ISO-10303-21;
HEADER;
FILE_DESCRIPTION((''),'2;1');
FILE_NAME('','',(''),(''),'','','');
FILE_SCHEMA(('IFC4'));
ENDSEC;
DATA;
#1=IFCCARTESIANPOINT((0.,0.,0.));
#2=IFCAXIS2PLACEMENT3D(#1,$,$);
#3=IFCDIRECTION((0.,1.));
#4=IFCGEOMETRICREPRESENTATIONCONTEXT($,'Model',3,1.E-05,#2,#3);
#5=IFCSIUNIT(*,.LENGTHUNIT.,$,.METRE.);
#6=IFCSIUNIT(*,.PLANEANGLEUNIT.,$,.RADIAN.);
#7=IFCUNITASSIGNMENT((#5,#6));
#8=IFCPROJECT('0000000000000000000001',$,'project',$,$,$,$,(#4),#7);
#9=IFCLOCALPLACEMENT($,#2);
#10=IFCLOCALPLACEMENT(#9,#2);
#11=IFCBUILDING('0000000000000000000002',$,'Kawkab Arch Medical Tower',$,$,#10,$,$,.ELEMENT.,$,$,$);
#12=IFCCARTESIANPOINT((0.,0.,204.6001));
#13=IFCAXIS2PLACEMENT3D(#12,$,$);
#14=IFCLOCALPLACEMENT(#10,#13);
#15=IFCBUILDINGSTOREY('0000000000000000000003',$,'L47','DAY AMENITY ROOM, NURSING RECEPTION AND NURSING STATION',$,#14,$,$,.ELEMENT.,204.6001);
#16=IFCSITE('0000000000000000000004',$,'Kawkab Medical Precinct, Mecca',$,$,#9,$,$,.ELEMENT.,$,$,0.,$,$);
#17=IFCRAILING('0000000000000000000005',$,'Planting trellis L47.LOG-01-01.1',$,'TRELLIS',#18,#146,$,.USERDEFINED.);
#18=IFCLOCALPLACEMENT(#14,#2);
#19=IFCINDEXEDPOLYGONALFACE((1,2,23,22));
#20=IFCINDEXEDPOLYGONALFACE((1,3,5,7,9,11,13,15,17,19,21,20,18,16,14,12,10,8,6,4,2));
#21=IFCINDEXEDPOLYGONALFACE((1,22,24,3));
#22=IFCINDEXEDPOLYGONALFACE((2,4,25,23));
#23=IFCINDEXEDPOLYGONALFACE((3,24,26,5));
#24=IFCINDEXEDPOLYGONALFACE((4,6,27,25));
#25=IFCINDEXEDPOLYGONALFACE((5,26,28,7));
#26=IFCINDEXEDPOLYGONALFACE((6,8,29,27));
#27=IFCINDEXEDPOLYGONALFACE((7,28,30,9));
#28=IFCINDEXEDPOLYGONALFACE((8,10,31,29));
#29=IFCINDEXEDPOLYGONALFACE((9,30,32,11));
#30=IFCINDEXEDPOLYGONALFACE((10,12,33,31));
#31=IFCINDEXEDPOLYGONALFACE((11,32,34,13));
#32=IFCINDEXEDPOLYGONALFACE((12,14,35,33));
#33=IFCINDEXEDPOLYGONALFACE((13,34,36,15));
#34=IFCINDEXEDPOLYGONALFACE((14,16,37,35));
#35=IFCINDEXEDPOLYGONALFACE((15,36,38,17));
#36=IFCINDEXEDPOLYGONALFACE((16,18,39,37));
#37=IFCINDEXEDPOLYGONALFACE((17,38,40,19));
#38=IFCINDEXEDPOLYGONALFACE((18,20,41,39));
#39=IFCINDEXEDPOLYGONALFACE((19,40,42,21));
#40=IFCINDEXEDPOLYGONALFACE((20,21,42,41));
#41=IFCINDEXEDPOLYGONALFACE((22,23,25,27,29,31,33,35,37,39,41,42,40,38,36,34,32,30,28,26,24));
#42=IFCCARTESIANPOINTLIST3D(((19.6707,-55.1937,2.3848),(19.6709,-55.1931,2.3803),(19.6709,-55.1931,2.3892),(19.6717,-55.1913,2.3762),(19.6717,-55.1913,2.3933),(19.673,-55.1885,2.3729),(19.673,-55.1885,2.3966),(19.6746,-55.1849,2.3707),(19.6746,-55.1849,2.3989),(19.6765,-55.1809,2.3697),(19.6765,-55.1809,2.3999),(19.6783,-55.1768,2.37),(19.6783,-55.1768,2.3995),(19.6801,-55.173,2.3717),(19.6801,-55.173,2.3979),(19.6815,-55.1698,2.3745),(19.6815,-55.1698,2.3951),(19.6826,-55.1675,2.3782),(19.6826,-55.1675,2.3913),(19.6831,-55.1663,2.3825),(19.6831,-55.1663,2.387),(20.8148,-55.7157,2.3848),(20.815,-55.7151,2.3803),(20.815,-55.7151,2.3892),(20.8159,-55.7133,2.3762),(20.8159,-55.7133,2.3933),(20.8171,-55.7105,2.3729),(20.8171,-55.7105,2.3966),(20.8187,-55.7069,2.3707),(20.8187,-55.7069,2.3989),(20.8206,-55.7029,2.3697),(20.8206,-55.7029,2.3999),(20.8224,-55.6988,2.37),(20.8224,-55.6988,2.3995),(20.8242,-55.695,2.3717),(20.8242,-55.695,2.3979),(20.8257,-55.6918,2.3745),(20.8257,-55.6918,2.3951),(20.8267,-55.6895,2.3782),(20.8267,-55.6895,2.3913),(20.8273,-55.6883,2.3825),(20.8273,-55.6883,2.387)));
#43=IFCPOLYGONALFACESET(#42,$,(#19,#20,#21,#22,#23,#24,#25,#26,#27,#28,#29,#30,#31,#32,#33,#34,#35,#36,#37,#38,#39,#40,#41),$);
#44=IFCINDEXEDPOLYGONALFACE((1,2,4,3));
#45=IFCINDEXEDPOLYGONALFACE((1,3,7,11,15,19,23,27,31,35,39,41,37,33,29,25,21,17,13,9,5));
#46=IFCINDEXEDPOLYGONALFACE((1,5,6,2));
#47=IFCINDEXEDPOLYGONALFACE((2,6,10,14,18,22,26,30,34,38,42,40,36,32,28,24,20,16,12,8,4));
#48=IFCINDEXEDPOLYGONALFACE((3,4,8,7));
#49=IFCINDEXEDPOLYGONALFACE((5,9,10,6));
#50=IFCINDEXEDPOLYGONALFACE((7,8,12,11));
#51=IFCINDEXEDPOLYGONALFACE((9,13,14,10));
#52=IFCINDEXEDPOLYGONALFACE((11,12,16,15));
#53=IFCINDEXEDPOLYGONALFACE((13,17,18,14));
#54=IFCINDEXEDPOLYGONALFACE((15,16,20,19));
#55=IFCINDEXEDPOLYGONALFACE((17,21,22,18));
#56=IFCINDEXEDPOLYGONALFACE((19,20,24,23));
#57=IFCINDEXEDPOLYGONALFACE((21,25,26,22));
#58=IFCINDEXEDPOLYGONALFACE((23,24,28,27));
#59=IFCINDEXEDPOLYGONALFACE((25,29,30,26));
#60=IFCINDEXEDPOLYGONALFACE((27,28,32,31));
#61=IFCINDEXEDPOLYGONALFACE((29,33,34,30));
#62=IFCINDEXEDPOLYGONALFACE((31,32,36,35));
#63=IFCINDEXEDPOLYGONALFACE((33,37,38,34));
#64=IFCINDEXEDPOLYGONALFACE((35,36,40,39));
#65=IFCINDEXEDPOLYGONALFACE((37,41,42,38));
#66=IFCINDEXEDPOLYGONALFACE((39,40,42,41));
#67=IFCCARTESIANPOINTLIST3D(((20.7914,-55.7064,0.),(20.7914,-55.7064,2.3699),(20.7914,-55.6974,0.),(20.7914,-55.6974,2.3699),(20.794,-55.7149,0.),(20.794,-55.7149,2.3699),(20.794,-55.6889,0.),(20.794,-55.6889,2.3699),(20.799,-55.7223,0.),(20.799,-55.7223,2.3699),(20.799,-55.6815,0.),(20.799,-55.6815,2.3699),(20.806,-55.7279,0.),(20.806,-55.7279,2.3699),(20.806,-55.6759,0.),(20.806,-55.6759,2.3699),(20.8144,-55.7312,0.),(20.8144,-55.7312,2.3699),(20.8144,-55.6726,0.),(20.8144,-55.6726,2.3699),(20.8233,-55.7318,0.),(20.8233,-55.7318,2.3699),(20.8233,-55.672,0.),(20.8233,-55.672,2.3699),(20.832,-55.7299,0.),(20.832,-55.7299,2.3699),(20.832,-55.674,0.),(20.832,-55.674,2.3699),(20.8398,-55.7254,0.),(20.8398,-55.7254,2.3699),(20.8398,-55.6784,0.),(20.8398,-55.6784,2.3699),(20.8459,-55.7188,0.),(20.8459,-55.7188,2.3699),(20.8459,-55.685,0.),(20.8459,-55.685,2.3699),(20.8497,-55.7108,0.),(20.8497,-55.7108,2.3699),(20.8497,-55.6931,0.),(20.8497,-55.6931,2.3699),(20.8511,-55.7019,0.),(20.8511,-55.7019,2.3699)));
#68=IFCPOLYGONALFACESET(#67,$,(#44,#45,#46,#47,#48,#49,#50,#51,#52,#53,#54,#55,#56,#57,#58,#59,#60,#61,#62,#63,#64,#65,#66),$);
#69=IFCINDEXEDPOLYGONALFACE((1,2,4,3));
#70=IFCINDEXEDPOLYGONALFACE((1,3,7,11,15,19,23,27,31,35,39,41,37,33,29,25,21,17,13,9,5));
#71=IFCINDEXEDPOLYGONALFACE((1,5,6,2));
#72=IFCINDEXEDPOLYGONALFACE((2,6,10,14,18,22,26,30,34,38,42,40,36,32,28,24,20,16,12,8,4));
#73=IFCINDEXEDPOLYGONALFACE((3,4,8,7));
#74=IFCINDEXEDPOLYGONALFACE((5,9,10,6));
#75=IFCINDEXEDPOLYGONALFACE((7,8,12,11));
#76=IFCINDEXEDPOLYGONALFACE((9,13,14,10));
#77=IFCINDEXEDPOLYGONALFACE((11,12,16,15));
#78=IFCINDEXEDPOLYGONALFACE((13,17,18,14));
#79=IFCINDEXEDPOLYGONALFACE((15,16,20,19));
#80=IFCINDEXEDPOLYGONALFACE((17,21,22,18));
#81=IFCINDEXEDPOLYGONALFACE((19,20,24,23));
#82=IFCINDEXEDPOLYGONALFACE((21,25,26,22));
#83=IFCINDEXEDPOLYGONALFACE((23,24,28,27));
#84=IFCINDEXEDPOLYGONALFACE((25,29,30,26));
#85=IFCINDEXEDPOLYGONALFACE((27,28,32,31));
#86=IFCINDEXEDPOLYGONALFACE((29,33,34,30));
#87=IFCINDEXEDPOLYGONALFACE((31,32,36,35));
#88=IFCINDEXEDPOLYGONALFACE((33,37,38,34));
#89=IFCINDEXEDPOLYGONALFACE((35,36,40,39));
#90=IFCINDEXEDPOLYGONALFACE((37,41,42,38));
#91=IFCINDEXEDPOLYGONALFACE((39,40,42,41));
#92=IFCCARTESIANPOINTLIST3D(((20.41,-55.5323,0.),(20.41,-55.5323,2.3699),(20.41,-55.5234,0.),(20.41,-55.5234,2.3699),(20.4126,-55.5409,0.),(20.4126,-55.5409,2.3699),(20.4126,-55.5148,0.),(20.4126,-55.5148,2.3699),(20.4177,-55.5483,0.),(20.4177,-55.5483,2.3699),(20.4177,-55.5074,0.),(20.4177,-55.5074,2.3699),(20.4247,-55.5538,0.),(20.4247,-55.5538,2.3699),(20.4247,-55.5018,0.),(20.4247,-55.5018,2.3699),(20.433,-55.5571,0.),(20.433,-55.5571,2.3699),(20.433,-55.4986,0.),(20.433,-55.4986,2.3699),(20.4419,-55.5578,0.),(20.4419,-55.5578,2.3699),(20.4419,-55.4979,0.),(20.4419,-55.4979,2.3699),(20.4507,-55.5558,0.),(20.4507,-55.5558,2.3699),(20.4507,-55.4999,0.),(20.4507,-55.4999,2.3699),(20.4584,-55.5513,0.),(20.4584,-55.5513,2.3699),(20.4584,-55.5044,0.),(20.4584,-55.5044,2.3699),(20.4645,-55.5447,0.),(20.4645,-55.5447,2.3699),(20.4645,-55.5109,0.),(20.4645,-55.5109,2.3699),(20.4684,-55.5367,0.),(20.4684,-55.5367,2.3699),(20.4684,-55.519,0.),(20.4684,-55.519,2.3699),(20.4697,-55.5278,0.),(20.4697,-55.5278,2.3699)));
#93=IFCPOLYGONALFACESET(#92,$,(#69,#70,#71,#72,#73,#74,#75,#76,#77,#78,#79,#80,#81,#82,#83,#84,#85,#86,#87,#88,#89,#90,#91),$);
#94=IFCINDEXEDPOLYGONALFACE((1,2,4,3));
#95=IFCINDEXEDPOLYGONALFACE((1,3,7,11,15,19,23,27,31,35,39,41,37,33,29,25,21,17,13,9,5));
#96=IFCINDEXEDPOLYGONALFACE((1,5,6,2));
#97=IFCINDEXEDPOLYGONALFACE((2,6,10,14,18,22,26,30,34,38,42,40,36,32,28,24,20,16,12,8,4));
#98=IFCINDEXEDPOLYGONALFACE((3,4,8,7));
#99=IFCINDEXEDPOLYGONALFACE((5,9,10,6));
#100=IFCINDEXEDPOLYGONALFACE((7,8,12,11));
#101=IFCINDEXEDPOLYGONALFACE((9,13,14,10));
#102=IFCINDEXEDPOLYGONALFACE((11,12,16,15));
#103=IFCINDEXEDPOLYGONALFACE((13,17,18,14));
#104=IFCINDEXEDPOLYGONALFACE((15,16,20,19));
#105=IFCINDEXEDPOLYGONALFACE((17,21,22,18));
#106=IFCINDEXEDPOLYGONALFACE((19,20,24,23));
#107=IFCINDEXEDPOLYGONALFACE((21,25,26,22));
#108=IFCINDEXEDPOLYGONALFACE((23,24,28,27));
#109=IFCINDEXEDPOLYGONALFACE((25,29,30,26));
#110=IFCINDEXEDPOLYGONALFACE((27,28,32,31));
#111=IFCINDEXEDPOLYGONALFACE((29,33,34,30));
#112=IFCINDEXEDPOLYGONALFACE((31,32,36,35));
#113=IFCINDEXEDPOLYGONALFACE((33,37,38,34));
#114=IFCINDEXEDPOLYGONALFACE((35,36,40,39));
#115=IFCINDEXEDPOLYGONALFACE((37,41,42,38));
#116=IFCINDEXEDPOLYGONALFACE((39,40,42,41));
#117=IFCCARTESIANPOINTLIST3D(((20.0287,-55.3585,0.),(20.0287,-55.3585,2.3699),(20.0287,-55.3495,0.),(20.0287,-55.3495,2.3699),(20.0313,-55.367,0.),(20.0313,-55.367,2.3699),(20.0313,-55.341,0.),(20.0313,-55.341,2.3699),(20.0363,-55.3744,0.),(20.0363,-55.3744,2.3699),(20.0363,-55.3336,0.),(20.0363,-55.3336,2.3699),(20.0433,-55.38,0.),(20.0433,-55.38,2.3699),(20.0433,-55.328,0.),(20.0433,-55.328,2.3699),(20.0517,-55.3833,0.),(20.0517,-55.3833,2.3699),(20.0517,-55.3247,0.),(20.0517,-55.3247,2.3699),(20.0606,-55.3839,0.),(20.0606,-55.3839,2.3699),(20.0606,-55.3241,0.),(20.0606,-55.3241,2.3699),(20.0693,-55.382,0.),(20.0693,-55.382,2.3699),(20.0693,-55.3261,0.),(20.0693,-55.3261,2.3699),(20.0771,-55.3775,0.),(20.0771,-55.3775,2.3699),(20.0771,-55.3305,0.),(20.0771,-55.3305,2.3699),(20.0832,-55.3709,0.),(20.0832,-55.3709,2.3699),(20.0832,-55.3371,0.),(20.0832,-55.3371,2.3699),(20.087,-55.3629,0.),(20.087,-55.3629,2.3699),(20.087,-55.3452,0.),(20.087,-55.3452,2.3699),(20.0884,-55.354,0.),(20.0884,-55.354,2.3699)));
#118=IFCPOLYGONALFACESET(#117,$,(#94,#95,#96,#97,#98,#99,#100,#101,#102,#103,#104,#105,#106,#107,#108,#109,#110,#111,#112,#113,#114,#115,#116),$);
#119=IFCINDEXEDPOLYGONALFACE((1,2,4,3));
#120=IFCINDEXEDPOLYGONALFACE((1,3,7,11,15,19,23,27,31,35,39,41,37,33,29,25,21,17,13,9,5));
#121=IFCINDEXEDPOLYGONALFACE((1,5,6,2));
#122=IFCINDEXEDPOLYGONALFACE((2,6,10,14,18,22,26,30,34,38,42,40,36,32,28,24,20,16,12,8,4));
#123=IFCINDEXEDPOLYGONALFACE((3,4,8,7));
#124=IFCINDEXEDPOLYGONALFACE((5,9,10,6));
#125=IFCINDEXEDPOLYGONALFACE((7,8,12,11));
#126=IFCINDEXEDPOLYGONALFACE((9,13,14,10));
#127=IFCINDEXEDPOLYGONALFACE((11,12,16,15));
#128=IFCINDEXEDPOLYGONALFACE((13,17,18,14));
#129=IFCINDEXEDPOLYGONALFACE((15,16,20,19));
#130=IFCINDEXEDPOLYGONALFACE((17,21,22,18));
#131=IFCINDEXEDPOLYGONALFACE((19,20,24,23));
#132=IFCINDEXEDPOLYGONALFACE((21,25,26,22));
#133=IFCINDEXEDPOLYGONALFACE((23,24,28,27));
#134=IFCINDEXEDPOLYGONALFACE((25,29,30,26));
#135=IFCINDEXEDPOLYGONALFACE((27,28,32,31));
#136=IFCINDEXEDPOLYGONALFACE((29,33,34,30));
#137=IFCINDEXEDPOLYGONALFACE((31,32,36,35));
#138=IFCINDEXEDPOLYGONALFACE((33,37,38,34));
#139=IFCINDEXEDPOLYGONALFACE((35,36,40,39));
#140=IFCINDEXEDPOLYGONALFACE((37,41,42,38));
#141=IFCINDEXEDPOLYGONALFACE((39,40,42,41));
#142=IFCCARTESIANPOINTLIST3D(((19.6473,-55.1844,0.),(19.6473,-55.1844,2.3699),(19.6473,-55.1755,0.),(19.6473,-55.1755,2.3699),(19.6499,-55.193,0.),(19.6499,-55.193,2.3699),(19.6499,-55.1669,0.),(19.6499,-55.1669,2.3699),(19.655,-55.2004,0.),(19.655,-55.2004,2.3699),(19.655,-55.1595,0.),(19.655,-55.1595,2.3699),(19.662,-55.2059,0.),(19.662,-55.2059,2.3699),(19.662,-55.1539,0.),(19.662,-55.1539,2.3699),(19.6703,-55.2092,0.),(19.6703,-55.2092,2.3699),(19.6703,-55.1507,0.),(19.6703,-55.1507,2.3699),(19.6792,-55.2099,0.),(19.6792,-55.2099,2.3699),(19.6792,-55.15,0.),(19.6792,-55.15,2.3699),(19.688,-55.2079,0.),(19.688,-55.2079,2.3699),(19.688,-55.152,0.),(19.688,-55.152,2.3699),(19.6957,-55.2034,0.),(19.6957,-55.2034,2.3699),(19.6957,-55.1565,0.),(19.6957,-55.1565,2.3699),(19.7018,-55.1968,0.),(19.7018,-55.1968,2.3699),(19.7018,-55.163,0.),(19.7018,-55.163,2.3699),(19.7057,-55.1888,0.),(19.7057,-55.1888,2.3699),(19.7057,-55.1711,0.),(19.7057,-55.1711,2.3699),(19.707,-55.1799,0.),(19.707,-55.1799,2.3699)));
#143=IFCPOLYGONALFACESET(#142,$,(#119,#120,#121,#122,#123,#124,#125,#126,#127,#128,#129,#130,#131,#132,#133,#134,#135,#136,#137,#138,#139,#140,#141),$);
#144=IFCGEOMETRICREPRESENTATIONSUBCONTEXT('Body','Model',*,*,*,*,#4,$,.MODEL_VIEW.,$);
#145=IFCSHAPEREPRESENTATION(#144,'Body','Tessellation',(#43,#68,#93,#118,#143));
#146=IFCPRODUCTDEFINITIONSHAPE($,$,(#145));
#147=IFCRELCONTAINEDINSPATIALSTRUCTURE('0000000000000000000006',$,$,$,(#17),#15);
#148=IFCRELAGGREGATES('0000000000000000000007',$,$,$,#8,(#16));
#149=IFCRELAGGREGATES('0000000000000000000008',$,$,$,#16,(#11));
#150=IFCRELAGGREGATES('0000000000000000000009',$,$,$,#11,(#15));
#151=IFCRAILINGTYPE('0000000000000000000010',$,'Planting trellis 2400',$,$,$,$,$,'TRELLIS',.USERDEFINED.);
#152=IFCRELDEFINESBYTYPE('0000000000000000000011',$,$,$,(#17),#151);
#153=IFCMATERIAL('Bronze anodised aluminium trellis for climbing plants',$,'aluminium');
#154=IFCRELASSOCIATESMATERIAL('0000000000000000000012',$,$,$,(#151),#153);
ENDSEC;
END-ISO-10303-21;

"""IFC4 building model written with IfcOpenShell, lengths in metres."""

from ifc_helpers import new_model, si_unit, direction, frame, origin, origin_2d, place, context, subcontext, project, spatial, circle, extrude, material, type_object, element, save


model = new_model("IFC4")

# Units and contexts
model_context = context("Model", 3, precision=1e-05, world=origin(), true_north=direction((0.0, 1.0)))
body_context = subcontext(model_context, "Body", "Model", "MODEL_VIEW")
ifc_project = project(units=[si_unit("LENGTHUNIT", "METRE"), si_unit("PLANEANGLEUNIT", "RADIAN")], contexts=[model_context])

# Site, building, storey
site_placement = place(None, origin())
site = spatial("IfcSite", under=ifc_project, at=site_placement, Name="Kawkab Medical Precinct, Mecca", CompositionType="ELEMENT", RefElevation=0.0)
building_placement = place(site_placement, origin())
building = spatial("IfcBuilding", under=site, at=building_placement, Name="Kawkab Arch Medical Tower", CompositionType="ELEMENT")
storey_placement = place(building_placement, frame((0.0, 0.0, 204.6001)))
storey = spatial("IfcBuildingStorey", under=building, at=storey_placement, Name="L47", Description="DAY AMENITY ROOM, NURSING RECEPTION AND NURSING STATION", CompositionType="ELEMENT", Elevation=204.6001)

# Railing
ifc_material_1 = material(Name="Bronze anodised aluminium trellis for climbing plants", Category="aluminium")
railing_type_1 = type_object("IfcRailingType", Name="Planting trellis 2400", ElementType="TRELLIS", PredefinedType="USERDEFINED", material=ifc_material_1)
railing_1_placement = place(storey_placement, frame((20.821, -55.7019, 0.0)))
element("IfcRailing", 1, at=railing_1_placement, inside=storey, type_object=railing_type_1, Name="Planting trellis L47.LOG-01-01.1", ObjectType="TRELLIS", PredefinedType="USERDEFINED", context=body_context, shape_type="SweptSolid", body=[
    extrude(circle(Radius=0.0151, at=origin_2d()), frame((0.0, 0.0, 2.3848), z_axis=(-0.90978, 0.41509, 0.0), x_axis=(-0.41509, -0.90978, 0.0)), (0.0, 0.0, 1.0), 1.2576),
    extrude(circle(Radius=0.03, at=origin_2d()), origin(), (0.0, 0.0, 1.0), 2.3699),
    extrude(circle(Radius=0.03, at=origin_2d()), frame((-0.3813, 0.1741, 0.0)), (0.0, 0.0, 1.0), 2.3699),
    extrude(circle(Radius=0.03, at=origin_2d()), frame((-0.7627, 0.3479, 0.0)), (0.0, 0.0, 1.0), 2.3699),
    extrude(circle(Radius=0.03, at=origin_2d()), frame((-1.144, 0.522, 0.0)), (0.0, 0.0, 1.0), 2.3699),
])

save(model, "model.ifc")
